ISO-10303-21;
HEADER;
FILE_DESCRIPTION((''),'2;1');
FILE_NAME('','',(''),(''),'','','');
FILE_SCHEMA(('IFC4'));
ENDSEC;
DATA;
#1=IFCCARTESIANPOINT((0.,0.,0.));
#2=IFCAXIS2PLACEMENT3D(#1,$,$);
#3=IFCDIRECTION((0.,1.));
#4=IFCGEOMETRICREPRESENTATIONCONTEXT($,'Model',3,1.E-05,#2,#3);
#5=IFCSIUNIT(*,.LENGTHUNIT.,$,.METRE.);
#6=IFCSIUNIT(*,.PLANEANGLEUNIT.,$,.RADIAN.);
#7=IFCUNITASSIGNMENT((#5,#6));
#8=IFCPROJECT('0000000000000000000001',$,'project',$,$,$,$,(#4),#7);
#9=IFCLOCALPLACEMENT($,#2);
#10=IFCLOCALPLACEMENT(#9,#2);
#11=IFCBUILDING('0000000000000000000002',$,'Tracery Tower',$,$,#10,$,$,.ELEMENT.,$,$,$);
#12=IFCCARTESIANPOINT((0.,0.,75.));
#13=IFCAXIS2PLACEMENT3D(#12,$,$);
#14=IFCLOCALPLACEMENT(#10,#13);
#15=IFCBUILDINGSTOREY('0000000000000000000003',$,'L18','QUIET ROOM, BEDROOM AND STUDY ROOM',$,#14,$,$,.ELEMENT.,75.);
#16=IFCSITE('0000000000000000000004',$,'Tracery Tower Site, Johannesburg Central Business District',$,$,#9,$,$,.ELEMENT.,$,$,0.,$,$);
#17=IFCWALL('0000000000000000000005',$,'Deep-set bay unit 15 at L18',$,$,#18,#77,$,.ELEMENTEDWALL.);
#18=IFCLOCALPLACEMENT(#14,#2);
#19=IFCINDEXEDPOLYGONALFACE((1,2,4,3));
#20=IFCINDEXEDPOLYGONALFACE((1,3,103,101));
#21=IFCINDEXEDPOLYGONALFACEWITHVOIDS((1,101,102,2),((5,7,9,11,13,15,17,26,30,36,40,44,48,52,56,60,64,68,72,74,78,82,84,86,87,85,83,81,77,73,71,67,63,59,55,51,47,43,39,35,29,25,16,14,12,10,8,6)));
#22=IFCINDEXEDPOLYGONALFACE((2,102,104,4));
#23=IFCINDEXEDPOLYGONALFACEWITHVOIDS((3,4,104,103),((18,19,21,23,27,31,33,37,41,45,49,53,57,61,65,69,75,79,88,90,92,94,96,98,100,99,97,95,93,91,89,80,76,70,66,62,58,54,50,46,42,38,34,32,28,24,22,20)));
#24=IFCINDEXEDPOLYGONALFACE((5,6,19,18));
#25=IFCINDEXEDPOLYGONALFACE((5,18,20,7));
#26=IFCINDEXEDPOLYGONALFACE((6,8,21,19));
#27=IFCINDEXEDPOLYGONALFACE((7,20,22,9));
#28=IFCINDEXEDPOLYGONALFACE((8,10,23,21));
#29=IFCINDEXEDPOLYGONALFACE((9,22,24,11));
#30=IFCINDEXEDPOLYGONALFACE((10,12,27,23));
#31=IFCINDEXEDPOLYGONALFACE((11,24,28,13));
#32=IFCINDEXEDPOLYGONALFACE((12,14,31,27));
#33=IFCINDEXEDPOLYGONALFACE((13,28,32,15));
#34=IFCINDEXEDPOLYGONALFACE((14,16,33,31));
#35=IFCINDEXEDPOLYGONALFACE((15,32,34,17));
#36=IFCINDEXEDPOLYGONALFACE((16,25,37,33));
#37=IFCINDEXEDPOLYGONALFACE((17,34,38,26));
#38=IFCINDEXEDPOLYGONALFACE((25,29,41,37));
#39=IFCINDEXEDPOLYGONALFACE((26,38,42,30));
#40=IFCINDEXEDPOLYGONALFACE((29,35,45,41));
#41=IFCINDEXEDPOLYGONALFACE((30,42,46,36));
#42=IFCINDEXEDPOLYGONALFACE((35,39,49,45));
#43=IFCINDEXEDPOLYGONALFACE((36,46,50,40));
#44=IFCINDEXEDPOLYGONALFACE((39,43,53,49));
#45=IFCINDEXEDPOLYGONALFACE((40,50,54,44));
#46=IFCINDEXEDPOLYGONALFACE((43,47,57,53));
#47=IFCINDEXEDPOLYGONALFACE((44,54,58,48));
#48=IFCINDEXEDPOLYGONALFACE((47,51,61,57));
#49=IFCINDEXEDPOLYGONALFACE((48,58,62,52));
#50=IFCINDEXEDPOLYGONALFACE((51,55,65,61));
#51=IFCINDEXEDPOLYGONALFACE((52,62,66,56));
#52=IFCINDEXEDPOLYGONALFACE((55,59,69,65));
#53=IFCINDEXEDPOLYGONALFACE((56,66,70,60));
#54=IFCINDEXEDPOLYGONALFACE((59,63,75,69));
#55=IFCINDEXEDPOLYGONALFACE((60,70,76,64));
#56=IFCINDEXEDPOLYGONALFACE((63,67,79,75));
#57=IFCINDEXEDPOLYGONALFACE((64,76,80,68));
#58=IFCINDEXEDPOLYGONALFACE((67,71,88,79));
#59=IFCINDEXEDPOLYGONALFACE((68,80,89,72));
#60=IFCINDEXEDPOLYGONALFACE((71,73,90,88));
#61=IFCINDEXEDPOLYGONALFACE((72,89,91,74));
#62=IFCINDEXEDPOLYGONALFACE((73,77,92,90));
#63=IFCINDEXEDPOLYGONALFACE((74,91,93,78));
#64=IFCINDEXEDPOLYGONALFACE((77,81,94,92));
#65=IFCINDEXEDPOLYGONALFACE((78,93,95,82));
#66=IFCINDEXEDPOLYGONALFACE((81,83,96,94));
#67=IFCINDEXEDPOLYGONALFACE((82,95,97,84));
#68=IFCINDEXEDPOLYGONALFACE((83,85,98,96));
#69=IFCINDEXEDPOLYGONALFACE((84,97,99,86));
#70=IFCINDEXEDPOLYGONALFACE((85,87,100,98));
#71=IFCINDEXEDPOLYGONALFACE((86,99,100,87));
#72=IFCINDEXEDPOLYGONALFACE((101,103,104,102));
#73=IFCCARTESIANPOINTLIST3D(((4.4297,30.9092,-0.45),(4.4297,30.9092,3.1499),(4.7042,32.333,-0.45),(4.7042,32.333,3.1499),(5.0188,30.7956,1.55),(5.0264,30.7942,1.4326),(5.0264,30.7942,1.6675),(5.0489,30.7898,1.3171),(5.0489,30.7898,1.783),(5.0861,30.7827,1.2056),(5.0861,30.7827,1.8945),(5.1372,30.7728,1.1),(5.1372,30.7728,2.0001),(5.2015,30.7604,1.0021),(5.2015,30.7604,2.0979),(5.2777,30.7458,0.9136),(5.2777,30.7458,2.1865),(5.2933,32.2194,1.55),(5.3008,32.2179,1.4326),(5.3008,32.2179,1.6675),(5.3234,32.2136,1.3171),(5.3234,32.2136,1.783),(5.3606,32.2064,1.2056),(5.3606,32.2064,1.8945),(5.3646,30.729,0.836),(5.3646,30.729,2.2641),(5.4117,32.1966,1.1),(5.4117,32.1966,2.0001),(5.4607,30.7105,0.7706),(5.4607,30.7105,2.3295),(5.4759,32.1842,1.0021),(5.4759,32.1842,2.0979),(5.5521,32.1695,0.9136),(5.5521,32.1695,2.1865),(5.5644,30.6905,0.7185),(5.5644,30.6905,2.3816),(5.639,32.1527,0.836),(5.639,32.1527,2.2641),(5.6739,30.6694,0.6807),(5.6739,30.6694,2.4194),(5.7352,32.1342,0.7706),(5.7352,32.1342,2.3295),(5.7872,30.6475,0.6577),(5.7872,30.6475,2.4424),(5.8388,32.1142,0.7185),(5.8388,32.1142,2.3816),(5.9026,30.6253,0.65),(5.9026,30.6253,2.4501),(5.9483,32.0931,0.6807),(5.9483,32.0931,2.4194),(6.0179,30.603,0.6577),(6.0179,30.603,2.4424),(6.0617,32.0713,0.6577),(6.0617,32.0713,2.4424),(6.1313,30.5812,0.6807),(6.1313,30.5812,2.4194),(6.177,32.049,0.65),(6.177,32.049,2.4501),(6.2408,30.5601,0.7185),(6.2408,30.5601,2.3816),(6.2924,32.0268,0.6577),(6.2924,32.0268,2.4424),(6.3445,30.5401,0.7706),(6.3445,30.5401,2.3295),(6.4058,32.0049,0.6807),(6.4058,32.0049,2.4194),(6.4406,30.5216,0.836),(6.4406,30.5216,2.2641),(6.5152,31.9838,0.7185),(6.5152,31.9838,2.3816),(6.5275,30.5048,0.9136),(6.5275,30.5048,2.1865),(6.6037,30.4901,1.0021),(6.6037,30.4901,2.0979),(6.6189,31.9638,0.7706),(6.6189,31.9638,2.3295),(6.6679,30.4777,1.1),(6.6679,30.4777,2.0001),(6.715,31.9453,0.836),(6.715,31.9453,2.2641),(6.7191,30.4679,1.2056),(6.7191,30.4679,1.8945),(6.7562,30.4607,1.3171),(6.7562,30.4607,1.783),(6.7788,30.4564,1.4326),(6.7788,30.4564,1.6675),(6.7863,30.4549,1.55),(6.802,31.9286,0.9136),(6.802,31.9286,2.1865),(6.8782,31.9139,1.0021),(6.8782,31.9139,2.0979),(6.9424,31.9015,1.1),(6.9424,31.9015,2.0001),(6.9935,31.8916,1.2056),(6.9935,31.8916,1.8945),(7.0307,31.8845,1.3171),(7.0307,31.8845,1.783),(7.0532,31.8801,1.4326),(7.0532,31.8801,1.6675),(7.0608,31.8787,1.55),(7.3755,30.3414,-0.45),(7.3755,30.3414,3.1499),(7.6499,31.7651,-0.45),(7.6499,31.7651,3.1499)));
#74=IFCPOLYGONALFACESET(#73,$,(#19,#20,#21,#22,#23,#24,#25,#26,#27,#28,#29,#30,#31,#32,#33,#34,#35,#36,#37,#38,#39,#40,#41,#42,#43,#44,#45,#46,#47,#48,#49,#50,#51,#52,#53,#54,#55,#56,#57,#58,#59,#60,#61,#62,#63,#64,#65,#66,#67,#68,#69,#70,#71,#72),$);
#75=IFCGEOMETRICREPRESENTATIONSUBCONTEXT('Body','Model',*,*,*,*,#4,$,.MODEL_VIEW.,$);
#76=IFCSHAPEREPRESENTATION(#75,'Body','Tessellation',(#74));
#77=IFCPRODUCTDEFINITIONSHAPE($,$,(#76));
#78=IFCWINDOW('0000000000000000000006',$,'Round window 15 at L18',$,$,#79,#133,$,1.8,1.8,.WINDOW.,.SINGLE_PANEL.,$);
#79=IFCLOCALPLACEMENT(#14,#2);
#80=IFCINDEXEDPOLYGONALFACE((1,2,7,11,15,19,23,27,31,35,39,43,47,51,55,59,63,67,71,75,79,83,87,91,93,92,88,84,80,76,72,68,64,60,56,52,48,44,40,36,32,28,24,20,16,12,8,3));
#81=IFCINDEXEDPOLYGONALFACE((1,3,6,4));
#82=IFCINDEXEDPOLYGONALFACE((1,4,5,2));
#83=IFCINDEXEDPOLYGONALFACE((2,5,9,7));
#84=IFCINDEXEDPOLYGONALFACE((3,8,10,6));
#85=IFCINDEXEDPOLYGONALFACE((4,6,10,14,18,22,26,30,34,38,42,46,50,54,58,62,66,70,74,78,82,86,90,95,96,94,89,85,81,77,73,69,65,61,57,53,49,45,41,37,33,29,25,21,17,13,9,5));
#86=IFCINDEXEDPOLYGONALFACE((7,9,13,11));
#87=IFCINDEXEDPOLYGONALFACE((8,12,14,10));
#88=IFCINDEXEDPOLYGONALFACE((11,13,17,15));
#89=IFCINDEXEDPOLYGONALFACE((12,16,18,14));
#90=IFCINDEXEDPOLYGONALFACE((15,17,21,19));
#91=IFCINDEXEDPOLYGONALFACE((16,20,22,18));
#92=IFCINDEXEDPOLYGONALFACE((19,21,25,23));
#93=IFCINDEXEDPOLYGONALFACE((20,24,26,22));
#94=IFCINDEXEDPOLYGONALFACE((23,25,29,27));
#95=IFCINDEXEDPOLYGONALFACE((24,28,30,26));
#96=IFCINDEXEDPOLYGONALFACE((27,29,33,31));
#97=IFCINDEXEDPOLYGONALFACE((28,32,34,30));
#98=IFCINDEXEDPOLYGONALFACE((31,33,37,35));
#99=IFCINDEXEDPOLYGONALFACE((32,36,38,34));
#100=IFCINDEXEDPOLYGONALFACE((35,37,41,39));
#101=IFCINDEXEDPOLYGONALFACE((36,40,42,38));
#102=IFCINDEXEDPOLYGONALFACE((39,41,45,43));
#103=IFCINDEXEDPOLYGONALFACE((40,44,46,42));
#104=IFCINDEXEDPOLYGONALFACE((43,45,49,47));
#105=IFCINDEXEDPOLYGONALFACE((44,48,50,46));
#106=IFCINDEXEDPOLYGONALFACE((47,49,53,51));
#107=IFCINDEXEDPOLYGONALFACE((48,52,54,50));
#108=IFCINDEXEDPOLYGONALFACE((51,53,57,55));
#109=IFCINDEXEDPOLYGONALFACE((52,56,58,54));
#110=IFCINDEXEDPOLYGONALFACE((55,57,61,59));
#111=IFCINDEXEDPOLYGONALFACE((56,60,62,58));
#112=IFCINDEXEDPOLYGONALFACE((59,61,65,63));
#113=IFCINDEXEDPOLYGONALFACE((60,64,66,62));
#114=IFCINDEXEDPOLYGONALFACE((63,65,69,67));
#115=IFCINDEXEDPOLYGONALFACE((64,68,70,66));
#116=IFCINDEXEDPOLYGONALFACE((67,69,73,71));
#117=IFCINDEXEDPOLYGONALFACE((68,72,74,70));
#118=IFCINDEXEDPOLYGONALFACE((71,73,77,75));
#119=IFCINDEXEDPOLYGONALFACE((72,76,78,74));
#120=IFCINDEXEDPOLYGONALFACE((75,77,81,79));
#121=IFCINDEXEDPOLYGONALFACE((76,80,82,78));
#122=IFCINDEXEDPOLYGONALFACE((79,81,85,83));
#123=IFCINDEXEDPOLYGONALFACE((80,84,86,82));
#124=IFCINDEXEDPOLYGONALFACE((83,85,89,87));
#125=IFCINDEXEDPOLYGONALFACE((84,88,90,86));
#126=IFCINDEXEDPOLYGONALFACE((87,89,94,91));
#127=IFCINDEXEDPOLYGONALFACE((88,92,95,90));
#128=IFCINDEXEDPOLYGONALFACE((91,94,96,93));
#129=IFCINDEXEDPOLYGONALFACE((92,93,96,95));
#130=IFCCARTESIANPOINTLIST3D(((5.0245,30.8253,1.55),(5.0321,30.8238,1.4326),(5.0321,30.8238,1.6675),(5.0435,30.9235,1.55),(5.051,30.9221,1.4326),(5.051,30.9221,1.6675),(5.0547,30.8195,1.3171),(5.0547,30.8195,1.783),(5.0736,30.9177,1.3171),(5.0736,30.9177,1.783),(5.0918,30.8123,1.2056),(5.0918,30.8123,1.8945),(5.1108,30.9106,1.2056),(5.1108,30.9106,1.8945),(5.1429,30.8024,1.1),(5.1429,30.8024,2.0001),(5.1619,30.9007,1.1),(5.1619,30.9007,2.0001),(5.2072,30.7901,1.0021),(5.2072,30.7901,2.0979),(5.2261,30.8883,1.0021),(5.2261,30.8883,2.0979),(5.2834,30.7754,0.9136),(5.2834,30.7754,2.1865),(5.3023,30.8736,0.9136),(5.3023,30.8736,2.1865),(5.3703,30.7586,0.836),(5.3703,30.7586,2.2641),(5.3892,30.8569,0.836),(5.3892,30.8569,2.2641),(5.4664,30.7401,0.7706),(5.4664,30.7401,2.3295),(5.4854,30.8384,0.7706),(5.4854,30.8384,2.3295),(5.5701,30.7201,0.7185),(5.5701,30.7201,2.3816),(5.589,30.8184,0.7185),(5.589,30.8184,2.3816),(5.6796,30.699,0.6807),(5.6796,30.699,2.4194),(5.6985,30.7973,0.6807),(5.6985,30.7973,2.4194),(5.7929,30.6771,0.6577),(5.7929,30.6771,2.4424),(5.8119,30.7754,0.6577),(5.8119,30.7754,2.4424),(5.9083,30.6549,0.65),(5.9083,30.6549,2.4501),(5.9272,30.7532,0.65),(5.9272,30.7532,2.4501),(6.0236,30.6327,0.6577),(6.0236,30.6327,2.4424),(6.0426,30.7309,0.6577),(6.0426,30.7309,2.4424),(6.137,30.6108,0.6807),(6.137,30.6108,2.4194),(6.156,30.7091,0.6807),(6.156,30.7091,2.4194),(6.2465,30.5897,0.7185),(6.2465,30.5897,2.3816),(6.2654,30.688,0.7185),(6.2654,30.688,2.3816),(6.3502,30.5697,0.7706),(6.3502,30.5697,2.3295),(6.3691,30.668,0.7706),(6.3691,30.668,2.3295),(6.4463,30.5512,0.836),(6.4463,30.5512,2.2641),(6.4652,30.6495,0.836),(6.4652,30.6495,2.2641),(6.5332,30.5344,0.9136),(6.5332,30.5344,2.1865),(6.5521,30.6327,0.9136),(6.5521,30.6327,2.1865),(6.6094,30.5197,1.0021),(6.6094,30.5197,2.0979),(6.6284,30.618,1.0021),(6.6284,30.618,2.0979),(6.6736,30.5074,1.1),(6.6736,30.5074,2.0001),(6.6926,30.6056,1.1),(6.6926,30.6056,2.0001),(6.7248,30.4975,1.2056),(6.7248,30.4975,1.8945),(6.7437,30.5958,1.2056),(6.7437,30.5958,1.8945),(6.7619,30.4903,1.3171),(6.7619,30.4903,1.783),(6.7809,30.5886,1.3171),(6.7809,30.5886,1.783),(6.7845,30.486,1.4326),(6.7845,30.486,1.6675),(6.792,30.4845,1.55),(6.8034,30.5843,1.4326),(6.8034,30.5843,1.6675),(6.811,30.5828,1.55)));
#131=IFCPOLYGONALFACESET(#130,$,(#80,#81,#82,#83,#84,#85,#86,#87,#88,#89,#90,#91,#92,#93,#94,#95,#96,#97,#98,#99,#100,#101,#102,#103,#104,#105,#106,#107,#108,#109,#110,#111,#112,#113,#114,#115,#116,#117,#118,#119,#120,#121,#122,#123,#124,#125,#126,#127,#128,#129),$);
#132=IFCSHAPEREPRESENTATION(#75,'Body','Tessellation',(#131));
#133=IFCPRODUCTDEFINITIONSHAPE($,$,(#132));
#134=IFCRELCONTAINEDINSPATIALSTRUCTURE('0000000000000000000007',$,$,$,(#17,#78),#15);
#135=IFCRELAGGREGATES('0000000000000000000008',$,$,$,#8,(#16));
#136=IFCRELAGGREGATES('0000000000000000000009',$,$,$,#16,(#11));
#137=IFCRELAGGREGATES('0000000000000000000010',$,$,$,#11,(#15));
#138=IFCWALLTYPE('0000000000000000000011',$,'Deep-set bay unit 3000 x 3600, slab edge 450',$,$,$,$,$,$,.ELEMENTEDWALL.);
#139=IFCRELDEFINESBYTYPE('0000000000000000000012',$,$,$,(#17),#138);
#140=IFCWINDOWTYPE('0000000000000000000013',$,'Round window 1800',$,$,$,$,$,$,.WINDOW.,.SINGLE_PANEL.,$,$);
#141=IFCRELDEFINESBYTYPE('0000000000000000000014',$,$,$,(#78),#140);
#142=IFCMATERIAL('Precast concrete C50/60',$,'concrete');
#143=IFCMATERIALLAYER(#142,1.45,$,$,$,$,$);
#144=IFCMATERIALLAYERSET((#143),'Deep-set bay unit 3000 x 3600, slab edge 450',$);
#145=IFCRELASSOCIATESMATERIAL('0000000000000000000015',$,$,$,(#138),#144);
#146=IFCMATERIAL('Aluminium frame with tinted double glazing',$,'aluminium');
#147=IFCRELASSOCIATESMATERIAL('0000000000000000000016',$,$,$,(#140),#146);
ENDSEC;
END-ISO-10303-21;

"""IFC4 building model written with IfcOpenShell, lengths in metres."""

from ifc_helpers import new_model, si_unit, direction, frame, frame_2d, origin, origin_2d, place, context, subcontext, project, spatial, rectangle, circle, extrude, material, layer, layer_set, type_object, element, fill, save


model = new_model("IFC4")

# Units and contexts
model_context = context("Model", 3, precision=1e-05, world=origin(), true_north=direction((0.0, 1.0)))
body_context = subcontext(model_context, "Body", "Model", "MODEL_VIEW")
ifc_project = project(units=[si_unit("LENGTHUNIT", "METRE"), si_unit("PLANEANGLEUNIT", "RADIAN")], contexts=[model_context])

# Site, building, storey
site_placement = place(None, origin())
site = spatial("IfcSite", under=ifc_project, at=site_placement, Name="Tracery Tower Site, Johannesburg Central Business District", CompositionType="ELEMENT", RefElevation=0.0)
building_placement = place(site_placement, origin())
building = spatial("IfcBuilding", under=site, at=building_placement, Name="Tracery Tower", CompositionType="ELEMENT")
storey_placement = place(building_placement, frame((0.0, 0.0, 75.0)))
storey = spatial("IfcBuildingStorey", under=building, at=storey_placement, Name="L18", Description="QUIET ROOM, BEDROOM AND STUDY ROOM", CompositionType="ELEMENT", Elevation=75.0)

# Wall, opening, window
ifc_material_1 = material(Name="Precast concrete C50/60", Category="concrete")
ifc_layer_1 = layer(ifc_material_1, 1.45)
ifc_layer_set_1 = layer_set([ifc_layer_1], Name="Deep-set bay unit 3000 x 3600, slab edge 450")
wall_type_1 = type_object("IfcWallType", Name="Deep-set bay unit 3000 x 3600, slab edge 450", PredefinedType="ELEMENTEDWALL", material=ifc_layer_set_1)
wall_1_placement = place(storey_placement, frame((7.5127, 31.0532, -0.45), z_axis=(0.0, 0.0, 1.0), x_axis=(-0.981922, 0.189288, 0.0)))
wall_1 = element("IfcWall", 1, at=wall_1_placement, inside=storey, type_object=wall_type_1, Name="Deep-set bay unit 15 at L18", PredefinedType="ELEMENTEDWALL", context=body_context, shape_type="SweptSolid", body=[
    extrude(rectangle(XDim=3.0, YDim=1.45, at=frame_2d((1.5, 0.0))), origin(), (0.0, 0.0, 1.0), 3.5999),
])
opening_1_placement = place(wall_1_placement, frame((1.5, 0.0, 2.0)))
opening_1 = element("IfcOpeningElement", 2, at=opening_1_placement, cuts=wall_1, PredefinedType="OPENING", context=body_context, shape_type="SweptSolid", body=[
    extrude(circle(Radius=0.9, at=origin_2d()), frame((0.0, 0.7349, 0.0), z_axis=(0.0, -1.0, 0.0), x_axis=(1.0, 0.0, 0.0)), (0.0, 0.0, 1.0), 1.47),
])
ifc_material_2 = material(Name="Aluminium frame with tinted double glazing", Category="aluminium")
window_type = type_object("IfcWindowType", Name="Round window 1800", PartitioningType="SINGLE_PANEL", PredefinedType="WINDOW", material=ifc_material_2)
window_1_placement = place(opening_1_placement, origin())
window_1 = element("IfcWindow", 3, at=window_1_placement, inside=storey, type_object=window_type, Name="Round window 15 at L18", OverallHeight=1.8, OverallWidth=1.8, PartitioningType="SINGLE_PANEL", PredefinedType="WINDOW", context=body_context, shape_type="SweptSolid", body=[
    extrude(circle(Radius=0.9, at=origin_2d()), frame((0.0, 0.6948, 0.0), z_axis=(0.0, -1.0, 0.0), x_axis=(1.0, 0.0, 0.0)), (0.0, 0.0, 1.0), 0.1001),
])
fill(opening_1, window_1)

save(model, "model.ifc")
